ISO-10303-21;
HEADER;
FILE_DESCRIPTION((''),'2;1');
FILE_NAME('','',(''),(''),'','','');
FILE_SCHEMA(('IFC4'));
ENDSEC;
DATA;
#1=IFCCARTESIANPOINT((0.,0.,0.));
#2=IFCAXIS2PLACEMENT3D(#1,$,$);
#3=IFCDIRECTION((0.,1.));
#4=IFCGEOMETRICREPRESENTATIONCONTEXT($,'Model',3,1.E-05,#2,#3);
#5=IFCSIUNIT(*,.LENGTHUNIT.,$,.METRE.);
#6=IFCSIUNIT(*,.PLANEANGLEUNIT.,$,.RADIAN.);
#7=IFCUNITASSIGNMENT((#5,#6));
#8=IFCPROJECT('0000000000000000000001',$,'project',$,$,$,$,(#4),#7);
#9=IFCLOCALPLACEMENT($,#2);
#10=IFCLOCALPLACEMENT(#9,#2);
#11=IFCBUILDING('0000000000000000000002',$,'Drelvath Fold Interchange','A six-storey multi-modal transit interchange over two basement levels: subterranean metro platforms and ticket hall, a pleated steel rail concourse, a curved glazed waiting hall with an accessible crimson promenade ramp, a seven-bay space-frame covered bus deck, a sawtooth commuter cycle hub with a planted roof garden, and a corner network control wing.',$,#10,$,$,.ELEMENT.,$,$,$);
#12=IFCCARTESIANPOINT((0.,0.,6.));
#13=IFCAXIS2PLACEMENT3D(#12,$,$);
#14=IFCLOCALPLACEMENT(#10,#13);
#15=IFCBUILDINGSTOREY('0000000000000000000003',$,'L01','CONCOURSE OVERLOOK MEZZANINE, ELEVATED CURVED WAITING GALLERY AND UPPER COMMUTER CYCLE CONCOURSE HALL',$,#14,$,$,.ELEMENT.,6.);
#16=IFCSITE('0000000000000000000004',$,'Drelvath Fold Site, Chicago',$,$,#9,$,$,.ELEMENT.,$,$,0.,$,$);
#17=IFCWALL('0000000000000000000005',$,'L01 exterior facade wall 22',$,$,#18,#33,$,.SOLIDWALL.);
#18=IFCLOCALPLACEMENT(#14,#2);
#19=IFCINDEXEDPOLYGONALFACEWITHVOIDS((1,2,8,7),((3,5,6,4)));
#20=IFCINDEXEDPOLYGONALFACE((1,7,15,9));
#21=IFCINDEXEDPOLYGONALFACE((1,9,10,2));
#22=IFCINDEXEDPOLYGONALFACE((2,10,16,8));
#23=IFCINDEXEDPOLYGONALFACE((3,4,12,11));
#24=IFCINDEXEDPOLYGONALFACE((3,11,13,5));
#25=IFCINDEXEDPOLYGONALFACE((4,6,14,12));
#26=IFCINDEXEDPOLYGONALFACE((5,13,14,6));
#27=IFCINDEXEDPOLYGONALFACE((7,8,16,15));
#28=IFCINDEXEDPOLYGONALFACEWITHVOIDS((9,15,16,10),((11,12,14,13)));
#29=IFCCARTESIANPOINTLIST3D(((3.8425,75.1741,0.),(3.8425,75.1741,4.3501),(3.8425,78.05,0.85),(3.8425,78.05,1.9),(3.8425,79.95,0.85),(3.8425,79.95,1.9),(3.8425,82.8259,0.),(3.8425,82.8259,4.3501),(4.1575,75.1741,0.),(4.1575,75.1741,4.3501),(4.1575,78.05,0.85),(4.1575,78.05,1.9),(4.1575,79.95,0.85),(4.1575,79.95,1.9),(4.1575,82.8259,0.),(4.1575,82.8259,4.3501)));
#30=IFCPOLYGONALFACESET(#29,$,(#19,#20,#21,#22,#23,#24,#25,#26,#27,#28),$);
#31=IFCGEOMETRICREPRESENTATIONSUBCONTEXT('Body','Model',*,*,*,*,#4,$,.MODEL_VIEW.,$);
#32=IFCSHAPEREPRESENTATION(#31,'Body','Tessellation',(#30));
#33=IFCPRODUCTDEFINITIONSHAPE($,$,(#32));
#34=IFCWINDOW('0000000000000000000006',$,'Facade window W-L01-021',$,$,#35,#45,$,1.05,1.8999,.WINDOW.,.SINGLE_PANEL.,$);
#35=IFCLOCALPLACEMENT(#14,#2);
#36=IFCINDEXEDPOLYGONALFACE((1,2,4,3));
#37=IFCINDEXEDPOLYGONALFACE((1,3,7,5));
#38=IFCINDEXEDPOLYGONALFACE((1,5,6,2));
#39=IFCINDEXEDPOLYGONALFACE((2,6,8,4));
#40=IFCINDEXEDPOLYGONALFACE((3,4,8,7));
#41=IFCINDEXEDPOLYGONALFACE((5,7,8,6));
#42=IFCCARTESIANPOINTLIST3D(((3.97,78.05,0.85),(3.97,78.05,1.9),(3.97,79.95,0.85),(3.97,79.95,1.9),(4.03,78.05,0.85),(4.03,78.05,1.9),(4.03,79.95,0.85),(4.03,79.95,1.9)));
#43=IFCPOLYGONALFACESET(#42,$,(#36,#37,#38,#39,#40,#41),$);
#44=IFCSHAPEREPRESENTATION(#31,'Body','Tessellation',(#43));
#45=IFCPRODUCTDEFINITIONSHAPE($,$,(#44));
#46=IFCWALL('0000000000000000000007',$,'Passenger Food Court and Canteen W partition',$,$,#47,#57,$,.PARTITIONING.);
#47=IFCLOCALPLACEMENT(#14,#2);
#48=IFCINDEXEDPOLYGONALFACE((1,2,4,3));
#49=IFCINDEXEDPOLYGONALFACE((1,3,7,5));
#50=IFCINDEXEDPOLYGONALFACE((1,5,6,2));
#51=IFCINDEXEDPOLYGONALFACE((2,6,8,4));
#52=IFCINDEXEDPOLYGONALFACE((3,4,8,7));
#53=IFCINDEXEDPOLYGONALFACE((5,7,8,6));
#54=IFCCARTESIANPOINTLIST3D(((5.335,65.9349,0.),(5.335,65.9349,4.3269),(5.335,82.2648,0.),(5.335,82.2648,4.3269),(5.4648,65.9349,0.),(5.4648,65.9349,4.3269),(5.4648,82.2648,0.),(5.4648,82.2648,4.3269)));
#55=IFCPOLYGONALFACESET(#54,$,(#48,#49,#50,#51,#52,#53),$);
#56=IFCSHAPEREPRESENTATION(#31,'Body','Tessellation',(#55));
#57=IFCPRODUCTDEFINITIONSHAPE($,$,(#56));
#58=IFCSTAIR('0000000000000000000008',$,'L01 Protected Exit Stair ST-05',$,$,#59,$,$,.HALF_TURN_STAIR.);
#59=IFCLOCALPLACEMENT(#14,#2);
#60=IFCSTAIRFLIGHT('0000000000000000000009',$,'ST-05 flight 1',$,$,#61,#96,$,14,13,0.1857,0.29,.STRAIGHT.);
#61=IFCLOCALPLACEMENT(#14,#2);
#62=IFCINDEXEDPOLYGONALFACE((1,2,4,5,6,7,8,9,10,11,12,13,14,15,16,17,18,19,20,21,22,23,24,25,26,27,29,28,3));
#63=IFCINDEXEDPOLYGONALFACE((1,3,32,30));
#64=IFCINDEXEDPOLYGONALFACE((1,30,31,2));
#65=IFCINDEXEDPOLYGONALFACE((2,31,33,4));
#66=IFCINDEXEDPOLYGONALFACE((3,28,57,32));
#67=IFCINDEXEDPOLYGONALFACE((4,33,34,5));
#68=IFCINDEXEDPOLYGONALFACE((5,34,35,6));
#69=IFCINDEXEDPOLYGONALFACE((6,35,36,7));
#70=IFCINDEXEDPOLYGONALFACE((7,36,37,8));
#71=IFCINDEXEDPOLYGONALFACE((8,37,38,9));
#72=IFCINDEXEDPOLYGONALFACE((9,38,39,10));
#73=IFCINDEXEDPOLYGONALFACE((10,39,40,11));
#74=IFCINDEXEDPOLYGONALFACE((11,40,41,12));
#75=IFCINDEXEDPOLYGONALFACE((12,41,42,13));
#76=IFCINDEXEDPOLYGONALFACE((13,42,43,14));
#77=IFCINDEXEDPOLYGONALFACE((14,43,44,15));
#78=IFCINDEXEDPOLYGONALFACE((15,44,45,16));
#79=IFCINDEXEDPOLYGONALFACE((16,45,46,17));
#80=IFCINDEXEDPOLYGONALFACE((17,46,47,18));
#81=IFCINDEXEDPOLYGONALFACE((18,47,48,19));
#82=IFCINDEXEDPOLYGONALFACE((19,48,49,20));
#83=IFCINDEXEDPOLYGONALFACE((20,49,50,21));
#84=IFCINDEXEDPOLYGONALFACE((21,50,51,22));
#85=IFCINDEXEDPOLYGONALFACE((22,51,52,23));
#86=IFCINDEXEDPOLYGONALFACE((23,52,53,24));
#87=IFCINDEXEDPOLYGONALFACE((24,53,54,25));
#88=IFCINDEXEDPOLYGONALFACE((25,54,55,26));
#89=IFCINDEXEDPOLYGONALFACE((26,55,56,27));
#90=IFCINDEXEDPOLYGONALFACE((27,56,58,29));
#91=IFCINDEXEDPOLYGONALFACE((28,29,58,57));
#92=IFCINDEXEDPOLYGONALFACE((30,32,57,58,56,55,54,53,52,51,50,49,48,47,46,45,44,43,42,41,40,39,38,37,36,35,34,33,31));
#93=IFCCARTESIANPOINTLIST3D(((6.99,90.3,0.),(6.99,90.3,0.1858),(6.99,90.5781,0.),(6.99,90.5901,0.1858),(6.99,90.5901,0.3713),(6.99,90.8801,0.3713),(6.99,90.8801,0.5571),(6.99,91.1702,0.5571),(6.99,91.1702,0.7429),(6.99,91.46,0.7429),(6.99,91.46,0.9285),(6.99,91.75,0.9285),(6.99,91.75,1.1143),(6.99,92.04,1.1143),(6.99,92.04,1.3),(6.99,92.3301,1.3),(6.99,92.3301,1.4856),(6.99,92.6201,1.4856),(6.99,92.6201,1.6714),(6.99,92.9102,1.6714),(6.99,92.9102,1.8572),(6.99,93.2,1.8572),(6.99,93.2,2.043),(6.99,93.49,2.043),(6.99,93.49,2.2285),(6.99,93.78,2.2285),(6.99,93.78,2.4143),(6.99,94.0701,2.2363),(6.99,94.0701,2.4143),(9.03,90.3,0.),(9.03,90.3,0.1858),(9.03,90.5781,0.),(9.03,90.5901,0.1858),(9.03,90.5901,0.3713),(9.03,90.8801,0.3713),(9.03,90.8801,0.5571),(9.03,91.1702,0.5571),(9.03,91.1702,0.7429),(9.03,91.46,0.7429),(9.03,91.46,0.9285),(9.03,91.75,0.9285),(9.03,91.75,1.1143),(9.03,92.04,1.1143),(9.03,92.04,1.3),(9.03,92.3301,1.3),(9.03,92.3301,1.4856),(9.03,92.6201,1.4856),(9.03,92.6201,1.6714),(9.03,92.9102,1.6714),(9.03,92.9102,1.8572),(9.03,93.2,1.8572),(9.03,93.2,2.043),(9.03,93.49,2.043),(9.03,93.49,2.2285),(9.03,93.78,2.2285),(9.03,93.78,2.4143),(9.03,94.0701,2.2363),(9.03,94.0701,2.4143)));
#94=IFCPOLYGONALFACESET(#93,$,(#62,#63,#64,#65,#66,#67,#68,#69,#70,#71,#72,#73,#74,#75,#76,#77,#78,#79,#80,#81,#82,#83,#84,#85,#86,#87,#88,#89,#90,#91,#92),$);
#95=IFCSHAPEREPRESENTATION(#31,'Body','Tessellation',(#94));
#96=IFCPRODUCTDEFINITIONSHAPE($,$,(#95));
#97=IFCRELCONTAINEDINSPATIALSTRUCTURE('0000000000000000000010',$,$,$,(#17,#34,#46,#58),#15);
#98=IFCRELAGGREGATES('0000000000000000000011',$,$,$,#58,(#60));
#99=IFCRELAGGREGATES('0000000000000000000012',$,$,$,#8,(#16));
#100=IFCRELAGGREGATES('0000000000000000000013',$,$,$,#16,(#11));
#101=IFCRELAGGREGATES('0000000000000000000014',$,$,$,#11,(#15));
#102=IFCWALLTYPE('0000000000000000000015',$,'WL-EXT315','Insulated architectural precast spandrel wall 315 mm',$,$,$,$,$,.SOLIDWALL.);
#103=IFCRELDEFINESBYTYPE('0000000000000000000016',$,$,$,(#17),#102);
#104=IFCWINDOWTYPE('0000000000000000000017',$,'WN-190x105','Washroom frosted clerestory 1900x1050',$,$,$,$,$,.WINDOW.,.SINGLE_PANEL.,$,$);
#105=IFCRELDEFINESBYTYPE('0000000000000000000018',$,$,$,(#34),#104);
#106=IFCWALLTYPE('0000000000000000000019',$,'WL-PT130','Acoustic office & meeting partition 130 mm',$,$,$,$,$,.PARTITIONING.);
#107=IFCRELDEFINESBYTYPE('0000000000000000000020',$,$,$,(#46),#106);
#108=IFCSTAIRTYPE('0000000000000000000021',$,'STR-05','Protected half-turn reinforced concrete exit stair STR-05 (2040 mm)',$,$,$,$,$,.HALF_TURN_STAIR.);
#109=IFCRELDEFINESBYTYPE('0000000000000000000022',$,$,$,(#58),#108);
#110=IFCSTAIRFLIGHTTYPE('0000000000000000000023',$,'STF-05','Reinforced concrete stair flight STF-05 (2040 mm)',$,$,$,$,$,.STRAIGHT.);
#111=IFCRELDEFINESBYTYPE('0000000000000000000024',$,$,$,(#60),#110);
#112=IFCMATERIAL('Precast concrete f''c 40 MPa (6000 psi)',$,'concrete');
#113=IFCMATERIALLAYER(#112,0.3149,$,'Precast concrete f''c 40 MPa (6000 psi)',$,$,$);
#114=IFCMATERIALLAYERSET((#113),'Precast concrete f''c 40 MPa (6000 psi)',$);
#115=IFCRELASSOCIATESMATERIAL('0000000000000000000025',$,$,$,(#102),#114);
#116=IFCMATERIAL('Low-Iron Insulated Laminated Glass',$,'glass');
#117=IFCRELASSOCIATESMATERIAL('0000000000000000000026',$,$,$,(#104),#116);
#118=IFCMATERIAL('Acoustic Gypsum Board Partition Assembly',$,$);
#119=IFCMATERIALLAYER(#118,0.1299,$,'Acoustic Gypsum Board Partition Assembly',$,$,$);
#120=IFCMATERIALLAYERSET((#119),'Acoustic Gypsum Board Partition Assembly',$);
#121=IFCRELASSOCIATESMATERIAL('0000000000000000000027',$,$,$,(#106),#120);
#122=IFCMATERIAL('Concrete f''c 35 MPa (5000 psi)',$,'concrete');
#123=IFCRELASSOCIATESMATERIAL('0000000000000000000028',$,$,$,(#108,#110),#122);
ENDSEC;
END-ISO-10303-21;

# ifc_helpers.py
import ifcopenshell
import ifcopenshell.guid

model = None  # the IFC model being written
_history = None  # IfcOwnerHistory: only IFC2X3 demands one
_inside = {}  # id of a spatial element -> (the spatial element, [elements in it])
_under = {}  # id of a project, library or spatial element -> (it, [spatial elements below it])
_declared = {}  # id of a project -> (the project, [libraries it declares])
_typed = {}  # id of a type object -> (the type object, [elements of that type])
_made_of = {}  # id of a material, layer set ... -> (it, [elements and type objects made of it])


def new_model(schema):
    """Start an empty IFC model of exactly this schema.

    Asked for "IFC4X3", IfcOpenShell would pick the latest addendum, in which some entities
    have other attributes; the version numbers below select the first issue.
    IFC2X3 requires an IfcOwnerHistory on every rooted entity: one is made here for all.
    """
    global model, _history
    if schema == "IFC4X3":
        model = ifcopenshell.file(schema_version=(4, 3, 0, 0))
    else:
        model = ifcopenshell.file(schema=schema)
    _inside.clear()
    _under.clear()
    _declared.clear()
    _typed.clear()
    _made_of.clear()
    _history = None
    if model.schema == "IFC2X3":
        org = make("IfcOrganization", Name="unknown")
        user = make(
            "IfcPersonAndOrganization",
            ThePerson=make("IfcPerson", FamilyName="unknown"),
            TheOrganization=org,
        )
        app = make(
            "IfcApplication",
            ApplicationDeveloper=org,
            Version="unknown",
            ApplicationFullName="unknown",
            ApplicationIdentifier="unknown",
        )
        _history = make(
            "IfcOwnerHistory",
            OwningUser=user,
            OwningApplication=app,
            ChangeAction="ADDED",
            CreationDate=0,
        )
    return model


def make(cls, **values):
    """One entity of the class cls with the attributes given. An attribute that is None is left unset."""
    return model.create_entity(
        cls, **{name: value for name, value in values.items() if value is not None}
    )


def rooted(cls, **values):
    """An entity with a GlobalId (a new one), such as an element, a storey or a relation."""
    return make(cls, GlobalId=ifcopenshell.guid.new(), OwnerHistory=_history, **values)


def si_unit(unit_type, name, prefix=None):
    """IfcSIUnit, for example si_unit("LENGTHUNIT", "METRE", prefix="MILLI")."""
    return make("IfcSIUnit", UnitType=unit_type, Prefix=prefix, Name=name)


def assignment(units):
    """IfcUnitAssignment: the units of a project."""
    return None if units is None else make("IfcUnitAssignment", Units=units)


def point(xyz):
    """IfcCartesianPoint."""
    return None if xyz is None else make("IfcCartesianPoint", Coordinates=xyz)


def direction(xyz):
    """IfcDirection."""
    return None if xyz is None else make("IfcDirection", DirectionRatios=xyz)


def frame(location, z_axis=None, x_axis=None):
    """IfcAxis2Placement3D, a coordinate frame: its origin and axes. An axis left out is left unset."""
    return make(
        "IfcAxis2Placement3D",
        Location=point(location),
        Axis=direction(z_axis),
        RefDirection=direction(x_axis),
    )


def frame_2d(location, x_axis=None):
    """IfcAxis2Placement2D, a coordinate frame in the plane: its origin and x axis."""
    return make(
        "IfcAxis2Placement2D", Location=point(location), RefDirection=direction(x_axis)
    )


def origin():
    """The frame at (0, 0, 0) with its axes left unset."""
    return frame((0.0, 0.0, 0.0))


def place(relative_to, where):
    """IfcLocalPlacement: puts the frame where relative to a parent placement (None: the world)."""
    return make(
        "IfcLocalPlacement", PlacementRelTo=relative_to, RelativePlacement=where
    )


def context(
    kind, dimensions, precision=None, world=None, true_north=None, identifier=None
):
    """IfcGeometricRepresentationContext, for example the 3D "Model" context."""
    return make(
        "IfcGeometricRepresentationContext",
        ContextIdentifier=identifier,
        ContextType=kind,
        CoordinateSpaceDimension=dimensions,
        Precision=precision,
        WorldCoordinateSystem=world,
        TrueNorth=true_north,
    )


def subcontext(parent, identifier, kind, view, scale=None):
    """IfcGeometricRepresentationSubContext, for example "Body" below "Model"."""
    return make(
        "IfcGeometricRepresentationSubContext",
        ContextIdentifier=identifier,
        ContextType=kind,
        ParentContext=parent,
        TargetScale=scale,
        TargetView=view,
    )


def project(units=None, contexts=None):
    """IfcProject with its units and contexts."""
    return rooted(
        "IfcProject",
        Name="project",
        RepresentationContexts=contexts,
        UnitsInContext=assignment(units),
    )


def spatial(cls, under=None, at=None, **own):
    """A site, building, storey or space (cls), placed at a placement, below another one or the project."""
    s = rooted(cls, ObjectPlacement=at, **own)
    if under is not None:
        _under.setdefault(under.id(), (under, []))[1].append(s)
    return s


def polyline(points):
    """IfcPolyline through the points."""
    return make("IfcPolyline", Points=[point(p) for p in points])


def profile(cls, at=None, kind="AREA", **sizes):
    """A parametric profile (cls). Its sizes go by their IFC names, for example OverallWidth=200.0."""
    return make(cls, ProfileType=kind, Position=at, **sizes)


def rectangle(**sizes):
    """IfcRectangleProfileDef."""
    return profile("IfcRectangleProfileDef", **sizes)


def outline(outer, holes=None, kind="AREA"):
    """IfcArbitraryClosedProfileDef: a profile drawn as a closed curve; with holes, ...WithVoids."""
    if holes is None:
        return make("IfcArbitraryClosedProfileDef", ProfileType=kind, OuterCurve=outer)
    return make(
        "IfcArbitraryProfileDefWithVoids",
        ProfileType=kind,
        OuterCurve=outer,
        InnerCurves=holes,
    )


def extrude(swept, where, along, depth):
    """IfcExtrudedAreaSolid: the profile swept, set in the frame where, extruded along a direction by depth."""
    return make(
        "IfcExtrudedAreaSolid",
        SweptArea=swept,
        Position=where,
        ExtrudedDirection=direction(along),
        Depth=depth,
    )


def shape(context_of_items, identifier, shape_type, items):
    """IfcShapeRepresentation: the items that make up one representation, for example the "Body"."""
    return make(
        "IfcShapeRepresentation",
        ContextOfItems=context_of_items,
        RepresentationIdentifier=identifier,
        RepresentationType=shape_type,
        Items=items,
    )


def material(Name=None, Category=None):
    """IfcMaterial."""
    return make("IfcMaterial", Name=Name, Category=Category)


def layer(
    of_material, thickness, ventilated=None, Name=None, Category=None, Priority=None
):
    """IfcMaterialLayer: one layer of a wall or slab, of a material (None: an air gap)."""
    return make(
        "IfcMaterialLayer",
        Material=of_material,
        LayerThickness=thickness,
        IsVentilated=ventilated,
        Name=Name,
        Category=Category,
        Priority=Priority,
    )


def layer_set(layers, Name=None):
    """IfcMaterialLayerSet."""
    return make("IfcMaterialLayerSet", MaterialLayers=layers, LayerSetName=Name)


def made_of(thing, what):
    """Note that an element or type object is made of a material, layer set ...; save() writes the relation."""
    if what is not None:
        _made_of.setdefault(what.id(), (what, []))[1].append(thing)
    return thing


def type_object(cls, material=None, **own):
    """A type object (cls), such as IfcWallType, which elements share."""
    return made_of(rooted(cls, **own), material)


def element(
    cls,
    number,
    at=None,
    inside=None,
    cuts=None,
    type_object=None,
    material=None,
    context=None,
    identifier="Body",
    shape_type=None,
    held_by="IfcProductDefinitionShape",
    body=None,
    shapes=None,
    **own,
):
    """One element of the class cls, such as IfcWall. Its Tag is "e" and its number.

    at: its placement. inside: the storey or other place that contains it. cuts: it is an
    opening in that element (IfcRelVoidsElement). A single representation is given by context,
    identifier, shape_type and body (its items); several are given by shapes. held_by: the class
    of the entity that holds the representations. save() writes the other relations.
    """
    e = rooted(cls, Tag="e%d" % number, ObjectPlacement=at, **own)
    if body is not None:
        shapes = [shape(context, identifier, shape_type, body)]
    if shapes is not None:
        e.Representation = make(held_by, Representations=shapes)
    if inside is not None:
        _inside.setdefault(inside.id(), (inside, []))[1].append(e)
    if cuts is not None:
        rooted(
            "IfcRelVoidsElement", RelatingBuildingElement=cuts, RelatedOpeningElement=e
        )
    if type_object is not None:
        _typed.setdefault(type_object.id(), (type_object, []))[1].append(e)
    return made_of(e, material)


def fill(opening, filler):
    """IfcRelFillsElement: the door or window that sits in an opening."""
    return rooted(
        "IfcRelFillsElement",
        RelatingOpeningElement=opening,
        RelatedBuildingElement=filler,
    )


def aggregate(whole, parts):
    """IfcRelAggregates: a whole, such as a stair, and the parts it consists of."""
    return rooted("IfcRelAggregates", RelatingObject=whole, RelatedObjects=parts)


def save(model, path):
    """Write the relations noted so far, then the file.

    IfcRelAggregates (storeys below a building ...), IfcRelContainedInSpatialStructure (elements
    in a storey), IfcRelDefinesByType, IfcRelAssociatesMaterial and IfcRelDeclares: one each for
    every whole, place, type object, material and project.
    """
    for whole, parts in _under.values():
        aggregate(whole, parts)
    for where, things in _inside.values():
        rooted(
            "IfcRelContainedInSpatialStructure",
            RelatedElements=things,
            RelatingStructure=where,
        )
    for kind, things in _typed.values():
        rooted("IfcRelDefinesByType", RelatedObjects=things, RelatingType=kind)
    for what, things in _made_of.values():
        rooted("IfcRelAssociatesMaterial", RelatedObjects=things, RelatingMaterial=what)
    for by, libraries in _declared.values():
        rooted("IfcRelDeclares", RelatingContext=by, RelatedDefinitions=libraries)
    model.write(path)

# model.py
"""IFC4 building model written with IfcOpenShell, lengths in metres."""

from ifc_helpers import new_model, si_unit, direction, frame, frame_2d, origin, place, context, subcontext, project, spatial, polyline, rectangle, outline, extrude, material, layer, layer_set, type_object, element, fill, aggregate, save


model = new_model("IFC4")

# Units and contexts
model_context = context("Model", 3, precision=1e-05, world=origin(), true_north=direction((0.0, 1.0)))
body_context = subcontext(model_context, "Body", "Model", "MODEL_VIEW")
ifc_project = project(units=[si_unit("LENGTHUNIT", "METRE"), si_unit("PLANEANGLEUNIT", "RADIAN")], contexts=[model_context])

# Site, building, storey
site_placement = place(None, origin())
site = spatial("IfcSite", under=ifc_project, at=site_placement, Name="Drelvath Fold Site, Chicago", CompositionType="ELEMENT", RefElevation=0.0)
building_placement = place(site_placement, origin())
building = spatial("IfcBuilding", under=site, at=building_placement, Name="Drelvath Fold Interchange", Description="A six-storey multi-modal transit interchange over two basement levels: subterranean metro platforms and ticket hall, a pleated steel rail concourse, a curved glazed waiting hall with an accessible crimson promenade ramp, a seven-bay space-frame covered bus deck, a sawtooth commuter cycle hub with a planted roof garden, and a corner network control wing.", CompositionType="ELEMENT")
storey_placement = place(building_placement, frame((0.0, 0.0, 6.0)))
storey = spatial("IfcBuildingStorey", under=building, at=storey_placement, Name="L01", Description="CONCOURSE OVERLOOK MEZZANINE, ELEVATED CURVED WAITING GALLERY AND UPPER COMMUTER CYCLE CONCOURSE HALL", CompositionType="ELEMENT", Elevation=6.0)

# Wall, opening, window
ifc_material_1 = material(Name="Precast concrete f'c 40 MPa (6000 psi)", Category="concrete")
ifc_layer_1 = layer(ifc_material_1, 0.3149, Name="Precast concrete f'c 40 MPa (6000 psi)")
ifc_layer_set_1 = layer_set([ifc_layer_1], Name="Precast concrete f'c 40 MPa (6000 psi)")
wall_type_1 = type_object("IfcWallType", Name="WL-EXT315", Description="Insulated architectural precast spandrel wall 315 mm", PredefinedType="SOLIDWALL", material=ifc_layer_set_1)
wall_1_placement = place(storey_placement, frame((4.0, 75.1741, 0.0), z_axis=(0.0, 0.0, 1.0), x_axis=(0.0, 1.0, 0.0)))
wall_1 = element("IfcWall", 1, at=wall_1_placement, inside=storey, type_object=wall_type_1, Name="L01 exterior facade wall 22", PredefinedType="SOLIDWALL", context=body_context, shape_type="SweptSolid", body=[
    extrude(rectangle(XDim=7.6519, YDim=0.3149, at=frame_2d((3.8259, 0.0))), origin(), (0.0, 0.0, 1.0), 4.3501),
])
opening_1_placement = place(wall_1_placement, frame((2.876, 0.0, 0.8501)))
opening_1 = element("IfcOpeningElement", 2, at=opening_1_placement, cuts=wall_1, PredefinedType="OPENING", context=body_context, shape_type="SweptSolid", body=[
    extrude(rectangle(XDim=1.8999, YDim=1.05, at=frame_2d((0.95, 0.5249))), frame((0.0, 0.1675, 0.0), z_axis=(0.0, -1.0, 0.0), x_axis=(1.0, 0.0, 0.0)), (0.0, 0.0, 1.0), 0.335),
])
ifc_material_2 = material(Name="Low-Iron Insulated Laminated Glass", Category="glass")
window_type = type_object("IfcWindowType", Name="WN-190x105", Description="Washroom frosted clerestory 1900x1050", PartitioningType="SINGLE_PANEL", PredefinedType="WINDOW", material=ifc_material_2)
window_placement = place(opening_1_placement, origin())
window = element("IfcWindow", 3, at=window_placement, inside=storey, type_object=window_type, Name="Facade window W-L01-021", OverallHeight=1.05, OverallWidth=1.8999, PartitioningType="SINGLE_PANEL", PredefinedType="WINDOW", context=body_context, shape_type="SweptSolid", body=[
    extrude(rectangle(XDim=1.8999, YDim=1.05, at=frame_2d((0.95, 0.5249))), frame((0.0, 0.03, 0.0), z_axis=(0.0, -1.0, 0.0), x_axis=(1.0, 0.0, 0.0)), (0.0, 0.0, 1.0), 0.0601),
])
fill(opening_1, window)

# Wall
ifc_material_3 = material(Name="Acoustic Gypsum Board Partition Assembly")
ifc_layer_2 = layer(ifc_material_3, 0.1299, Name="Acoustic Gypsum Board Partition Assembly")
ifc_layer_set_2 = layer_set([ifc_layer_2], Name="Acoustic Gypsum Board Partition Assembly")
wall_type_2 = type_object("IfcWallType", Name="WL-PT130", Description="Acoustic office & meeting partition 130 mm", PredefinedType="PARTITIONING", material=ifc_layer_set_2)
wall_2_placement = place(storey_placement, frame((5.3999, 82.2649, 0.0), z_axis=(0.0, 0.0, 1.0), x_axis=(0.0, -1.0, 0.0)))
element("IfcWall", 4, at=wall_2_placement, inside=storey, type_object=wall_type_2, Name="Passenger Food Court and Canteen W partition", PredefinedType="PARTITIONING", context=body_context, shape_type="SweptSolid", body=[
    extrude(rectangle(XDim=16.3298, YDim=0.1299, at=frame_2d((8.165, 0.0))), origin(), (0.0, 0.0, 1.0), 4.3269),
])

# Stair, stair flight
ifc_material_4 = material(Name="Concrete f'c 35 MPa (5000 psi)", Category="concrete")
stair_type = type_object("IfcStairType", Name="STR-05", Description="Protected half-turn reinforced concrete exit stair STR-05 (2040 mm)", PredefinedType="HALF_TURN_STAIR", material=ifc_material_4)
stair_placement = place(storey_placement, origin())
stair = element("IfcStair", 5, at=stair_placement, inside=storey, type_object=stair_type, Name="L01 Protected Exit Stair ST-05", PredefinedType="HALF_TURN_STAIR")
stair_flight_type = type_object("IfcStairFlightType", Name="STF-05", Description="Reinforced concrete stair flight STF-05 (2040 mm)", PredefinedType="STRAIGHT", material=ifc_material_4)
stair_flight_placement = place(storey_placement, frame((8.01, 90.3, 0.0), z_axis=(0.0, 0.0, 1.0), x_axis=(0.0, 1.0, 0.0)))
stair_flight = element("IfcStairFlight", 6, at=stair_flight_placement, type_object=stair_flight_type, Name="ST-05 flight 1", NumberOfRisers=14, NumberOfTreads=13, PredefinedType="STRAIGHT", RiserHeight=0.1857, TreadLength=0.29, context=body_context, shape_type="SweptSolid", body=[
    extrude(outline(polyline([(0.0, 0.0), (0.0, 0.1858), (0.29, 0.1858), (0.29, 0.3713), (0.5801, 0.3713), (0.5801, 0.5571), (0.8701, 0.5571), (0.8701, 0.7429), (1.1599, 0.7429), (1.1599, 0.9285), (1.45, 0.9285), (1.45, 1.1143), (1.74, 1.1143), (1.74, 1.3), (2.03, 1.3), (2.03, 1.4856), (2.3201, 1.4856), (2.3201, 1.6714), (2.6101, 1.6714), (2.6101, 1.8572), (2.8999, 1.8572), (2.8999, 2.043), (3.1899, 2.043), (3.1899, 2.2285), (3.48, 2.2285), (3.48, 2.4143), (3.77, 2.4143), (3.77, 2.6001), (3.77, 2.2363), (0.2781, 0.0), (0.0, 0.0)])), frame((0.0, 1.02, 0.0), z_axis=(0.0, -1.0, 0.0), x_axis=(1.0, 0.0, 0.0)), (0.0, 0.0, 1.0), 2.04),
])
aggregate(stair, [stair_flight])

save(model, "model.ifc")
